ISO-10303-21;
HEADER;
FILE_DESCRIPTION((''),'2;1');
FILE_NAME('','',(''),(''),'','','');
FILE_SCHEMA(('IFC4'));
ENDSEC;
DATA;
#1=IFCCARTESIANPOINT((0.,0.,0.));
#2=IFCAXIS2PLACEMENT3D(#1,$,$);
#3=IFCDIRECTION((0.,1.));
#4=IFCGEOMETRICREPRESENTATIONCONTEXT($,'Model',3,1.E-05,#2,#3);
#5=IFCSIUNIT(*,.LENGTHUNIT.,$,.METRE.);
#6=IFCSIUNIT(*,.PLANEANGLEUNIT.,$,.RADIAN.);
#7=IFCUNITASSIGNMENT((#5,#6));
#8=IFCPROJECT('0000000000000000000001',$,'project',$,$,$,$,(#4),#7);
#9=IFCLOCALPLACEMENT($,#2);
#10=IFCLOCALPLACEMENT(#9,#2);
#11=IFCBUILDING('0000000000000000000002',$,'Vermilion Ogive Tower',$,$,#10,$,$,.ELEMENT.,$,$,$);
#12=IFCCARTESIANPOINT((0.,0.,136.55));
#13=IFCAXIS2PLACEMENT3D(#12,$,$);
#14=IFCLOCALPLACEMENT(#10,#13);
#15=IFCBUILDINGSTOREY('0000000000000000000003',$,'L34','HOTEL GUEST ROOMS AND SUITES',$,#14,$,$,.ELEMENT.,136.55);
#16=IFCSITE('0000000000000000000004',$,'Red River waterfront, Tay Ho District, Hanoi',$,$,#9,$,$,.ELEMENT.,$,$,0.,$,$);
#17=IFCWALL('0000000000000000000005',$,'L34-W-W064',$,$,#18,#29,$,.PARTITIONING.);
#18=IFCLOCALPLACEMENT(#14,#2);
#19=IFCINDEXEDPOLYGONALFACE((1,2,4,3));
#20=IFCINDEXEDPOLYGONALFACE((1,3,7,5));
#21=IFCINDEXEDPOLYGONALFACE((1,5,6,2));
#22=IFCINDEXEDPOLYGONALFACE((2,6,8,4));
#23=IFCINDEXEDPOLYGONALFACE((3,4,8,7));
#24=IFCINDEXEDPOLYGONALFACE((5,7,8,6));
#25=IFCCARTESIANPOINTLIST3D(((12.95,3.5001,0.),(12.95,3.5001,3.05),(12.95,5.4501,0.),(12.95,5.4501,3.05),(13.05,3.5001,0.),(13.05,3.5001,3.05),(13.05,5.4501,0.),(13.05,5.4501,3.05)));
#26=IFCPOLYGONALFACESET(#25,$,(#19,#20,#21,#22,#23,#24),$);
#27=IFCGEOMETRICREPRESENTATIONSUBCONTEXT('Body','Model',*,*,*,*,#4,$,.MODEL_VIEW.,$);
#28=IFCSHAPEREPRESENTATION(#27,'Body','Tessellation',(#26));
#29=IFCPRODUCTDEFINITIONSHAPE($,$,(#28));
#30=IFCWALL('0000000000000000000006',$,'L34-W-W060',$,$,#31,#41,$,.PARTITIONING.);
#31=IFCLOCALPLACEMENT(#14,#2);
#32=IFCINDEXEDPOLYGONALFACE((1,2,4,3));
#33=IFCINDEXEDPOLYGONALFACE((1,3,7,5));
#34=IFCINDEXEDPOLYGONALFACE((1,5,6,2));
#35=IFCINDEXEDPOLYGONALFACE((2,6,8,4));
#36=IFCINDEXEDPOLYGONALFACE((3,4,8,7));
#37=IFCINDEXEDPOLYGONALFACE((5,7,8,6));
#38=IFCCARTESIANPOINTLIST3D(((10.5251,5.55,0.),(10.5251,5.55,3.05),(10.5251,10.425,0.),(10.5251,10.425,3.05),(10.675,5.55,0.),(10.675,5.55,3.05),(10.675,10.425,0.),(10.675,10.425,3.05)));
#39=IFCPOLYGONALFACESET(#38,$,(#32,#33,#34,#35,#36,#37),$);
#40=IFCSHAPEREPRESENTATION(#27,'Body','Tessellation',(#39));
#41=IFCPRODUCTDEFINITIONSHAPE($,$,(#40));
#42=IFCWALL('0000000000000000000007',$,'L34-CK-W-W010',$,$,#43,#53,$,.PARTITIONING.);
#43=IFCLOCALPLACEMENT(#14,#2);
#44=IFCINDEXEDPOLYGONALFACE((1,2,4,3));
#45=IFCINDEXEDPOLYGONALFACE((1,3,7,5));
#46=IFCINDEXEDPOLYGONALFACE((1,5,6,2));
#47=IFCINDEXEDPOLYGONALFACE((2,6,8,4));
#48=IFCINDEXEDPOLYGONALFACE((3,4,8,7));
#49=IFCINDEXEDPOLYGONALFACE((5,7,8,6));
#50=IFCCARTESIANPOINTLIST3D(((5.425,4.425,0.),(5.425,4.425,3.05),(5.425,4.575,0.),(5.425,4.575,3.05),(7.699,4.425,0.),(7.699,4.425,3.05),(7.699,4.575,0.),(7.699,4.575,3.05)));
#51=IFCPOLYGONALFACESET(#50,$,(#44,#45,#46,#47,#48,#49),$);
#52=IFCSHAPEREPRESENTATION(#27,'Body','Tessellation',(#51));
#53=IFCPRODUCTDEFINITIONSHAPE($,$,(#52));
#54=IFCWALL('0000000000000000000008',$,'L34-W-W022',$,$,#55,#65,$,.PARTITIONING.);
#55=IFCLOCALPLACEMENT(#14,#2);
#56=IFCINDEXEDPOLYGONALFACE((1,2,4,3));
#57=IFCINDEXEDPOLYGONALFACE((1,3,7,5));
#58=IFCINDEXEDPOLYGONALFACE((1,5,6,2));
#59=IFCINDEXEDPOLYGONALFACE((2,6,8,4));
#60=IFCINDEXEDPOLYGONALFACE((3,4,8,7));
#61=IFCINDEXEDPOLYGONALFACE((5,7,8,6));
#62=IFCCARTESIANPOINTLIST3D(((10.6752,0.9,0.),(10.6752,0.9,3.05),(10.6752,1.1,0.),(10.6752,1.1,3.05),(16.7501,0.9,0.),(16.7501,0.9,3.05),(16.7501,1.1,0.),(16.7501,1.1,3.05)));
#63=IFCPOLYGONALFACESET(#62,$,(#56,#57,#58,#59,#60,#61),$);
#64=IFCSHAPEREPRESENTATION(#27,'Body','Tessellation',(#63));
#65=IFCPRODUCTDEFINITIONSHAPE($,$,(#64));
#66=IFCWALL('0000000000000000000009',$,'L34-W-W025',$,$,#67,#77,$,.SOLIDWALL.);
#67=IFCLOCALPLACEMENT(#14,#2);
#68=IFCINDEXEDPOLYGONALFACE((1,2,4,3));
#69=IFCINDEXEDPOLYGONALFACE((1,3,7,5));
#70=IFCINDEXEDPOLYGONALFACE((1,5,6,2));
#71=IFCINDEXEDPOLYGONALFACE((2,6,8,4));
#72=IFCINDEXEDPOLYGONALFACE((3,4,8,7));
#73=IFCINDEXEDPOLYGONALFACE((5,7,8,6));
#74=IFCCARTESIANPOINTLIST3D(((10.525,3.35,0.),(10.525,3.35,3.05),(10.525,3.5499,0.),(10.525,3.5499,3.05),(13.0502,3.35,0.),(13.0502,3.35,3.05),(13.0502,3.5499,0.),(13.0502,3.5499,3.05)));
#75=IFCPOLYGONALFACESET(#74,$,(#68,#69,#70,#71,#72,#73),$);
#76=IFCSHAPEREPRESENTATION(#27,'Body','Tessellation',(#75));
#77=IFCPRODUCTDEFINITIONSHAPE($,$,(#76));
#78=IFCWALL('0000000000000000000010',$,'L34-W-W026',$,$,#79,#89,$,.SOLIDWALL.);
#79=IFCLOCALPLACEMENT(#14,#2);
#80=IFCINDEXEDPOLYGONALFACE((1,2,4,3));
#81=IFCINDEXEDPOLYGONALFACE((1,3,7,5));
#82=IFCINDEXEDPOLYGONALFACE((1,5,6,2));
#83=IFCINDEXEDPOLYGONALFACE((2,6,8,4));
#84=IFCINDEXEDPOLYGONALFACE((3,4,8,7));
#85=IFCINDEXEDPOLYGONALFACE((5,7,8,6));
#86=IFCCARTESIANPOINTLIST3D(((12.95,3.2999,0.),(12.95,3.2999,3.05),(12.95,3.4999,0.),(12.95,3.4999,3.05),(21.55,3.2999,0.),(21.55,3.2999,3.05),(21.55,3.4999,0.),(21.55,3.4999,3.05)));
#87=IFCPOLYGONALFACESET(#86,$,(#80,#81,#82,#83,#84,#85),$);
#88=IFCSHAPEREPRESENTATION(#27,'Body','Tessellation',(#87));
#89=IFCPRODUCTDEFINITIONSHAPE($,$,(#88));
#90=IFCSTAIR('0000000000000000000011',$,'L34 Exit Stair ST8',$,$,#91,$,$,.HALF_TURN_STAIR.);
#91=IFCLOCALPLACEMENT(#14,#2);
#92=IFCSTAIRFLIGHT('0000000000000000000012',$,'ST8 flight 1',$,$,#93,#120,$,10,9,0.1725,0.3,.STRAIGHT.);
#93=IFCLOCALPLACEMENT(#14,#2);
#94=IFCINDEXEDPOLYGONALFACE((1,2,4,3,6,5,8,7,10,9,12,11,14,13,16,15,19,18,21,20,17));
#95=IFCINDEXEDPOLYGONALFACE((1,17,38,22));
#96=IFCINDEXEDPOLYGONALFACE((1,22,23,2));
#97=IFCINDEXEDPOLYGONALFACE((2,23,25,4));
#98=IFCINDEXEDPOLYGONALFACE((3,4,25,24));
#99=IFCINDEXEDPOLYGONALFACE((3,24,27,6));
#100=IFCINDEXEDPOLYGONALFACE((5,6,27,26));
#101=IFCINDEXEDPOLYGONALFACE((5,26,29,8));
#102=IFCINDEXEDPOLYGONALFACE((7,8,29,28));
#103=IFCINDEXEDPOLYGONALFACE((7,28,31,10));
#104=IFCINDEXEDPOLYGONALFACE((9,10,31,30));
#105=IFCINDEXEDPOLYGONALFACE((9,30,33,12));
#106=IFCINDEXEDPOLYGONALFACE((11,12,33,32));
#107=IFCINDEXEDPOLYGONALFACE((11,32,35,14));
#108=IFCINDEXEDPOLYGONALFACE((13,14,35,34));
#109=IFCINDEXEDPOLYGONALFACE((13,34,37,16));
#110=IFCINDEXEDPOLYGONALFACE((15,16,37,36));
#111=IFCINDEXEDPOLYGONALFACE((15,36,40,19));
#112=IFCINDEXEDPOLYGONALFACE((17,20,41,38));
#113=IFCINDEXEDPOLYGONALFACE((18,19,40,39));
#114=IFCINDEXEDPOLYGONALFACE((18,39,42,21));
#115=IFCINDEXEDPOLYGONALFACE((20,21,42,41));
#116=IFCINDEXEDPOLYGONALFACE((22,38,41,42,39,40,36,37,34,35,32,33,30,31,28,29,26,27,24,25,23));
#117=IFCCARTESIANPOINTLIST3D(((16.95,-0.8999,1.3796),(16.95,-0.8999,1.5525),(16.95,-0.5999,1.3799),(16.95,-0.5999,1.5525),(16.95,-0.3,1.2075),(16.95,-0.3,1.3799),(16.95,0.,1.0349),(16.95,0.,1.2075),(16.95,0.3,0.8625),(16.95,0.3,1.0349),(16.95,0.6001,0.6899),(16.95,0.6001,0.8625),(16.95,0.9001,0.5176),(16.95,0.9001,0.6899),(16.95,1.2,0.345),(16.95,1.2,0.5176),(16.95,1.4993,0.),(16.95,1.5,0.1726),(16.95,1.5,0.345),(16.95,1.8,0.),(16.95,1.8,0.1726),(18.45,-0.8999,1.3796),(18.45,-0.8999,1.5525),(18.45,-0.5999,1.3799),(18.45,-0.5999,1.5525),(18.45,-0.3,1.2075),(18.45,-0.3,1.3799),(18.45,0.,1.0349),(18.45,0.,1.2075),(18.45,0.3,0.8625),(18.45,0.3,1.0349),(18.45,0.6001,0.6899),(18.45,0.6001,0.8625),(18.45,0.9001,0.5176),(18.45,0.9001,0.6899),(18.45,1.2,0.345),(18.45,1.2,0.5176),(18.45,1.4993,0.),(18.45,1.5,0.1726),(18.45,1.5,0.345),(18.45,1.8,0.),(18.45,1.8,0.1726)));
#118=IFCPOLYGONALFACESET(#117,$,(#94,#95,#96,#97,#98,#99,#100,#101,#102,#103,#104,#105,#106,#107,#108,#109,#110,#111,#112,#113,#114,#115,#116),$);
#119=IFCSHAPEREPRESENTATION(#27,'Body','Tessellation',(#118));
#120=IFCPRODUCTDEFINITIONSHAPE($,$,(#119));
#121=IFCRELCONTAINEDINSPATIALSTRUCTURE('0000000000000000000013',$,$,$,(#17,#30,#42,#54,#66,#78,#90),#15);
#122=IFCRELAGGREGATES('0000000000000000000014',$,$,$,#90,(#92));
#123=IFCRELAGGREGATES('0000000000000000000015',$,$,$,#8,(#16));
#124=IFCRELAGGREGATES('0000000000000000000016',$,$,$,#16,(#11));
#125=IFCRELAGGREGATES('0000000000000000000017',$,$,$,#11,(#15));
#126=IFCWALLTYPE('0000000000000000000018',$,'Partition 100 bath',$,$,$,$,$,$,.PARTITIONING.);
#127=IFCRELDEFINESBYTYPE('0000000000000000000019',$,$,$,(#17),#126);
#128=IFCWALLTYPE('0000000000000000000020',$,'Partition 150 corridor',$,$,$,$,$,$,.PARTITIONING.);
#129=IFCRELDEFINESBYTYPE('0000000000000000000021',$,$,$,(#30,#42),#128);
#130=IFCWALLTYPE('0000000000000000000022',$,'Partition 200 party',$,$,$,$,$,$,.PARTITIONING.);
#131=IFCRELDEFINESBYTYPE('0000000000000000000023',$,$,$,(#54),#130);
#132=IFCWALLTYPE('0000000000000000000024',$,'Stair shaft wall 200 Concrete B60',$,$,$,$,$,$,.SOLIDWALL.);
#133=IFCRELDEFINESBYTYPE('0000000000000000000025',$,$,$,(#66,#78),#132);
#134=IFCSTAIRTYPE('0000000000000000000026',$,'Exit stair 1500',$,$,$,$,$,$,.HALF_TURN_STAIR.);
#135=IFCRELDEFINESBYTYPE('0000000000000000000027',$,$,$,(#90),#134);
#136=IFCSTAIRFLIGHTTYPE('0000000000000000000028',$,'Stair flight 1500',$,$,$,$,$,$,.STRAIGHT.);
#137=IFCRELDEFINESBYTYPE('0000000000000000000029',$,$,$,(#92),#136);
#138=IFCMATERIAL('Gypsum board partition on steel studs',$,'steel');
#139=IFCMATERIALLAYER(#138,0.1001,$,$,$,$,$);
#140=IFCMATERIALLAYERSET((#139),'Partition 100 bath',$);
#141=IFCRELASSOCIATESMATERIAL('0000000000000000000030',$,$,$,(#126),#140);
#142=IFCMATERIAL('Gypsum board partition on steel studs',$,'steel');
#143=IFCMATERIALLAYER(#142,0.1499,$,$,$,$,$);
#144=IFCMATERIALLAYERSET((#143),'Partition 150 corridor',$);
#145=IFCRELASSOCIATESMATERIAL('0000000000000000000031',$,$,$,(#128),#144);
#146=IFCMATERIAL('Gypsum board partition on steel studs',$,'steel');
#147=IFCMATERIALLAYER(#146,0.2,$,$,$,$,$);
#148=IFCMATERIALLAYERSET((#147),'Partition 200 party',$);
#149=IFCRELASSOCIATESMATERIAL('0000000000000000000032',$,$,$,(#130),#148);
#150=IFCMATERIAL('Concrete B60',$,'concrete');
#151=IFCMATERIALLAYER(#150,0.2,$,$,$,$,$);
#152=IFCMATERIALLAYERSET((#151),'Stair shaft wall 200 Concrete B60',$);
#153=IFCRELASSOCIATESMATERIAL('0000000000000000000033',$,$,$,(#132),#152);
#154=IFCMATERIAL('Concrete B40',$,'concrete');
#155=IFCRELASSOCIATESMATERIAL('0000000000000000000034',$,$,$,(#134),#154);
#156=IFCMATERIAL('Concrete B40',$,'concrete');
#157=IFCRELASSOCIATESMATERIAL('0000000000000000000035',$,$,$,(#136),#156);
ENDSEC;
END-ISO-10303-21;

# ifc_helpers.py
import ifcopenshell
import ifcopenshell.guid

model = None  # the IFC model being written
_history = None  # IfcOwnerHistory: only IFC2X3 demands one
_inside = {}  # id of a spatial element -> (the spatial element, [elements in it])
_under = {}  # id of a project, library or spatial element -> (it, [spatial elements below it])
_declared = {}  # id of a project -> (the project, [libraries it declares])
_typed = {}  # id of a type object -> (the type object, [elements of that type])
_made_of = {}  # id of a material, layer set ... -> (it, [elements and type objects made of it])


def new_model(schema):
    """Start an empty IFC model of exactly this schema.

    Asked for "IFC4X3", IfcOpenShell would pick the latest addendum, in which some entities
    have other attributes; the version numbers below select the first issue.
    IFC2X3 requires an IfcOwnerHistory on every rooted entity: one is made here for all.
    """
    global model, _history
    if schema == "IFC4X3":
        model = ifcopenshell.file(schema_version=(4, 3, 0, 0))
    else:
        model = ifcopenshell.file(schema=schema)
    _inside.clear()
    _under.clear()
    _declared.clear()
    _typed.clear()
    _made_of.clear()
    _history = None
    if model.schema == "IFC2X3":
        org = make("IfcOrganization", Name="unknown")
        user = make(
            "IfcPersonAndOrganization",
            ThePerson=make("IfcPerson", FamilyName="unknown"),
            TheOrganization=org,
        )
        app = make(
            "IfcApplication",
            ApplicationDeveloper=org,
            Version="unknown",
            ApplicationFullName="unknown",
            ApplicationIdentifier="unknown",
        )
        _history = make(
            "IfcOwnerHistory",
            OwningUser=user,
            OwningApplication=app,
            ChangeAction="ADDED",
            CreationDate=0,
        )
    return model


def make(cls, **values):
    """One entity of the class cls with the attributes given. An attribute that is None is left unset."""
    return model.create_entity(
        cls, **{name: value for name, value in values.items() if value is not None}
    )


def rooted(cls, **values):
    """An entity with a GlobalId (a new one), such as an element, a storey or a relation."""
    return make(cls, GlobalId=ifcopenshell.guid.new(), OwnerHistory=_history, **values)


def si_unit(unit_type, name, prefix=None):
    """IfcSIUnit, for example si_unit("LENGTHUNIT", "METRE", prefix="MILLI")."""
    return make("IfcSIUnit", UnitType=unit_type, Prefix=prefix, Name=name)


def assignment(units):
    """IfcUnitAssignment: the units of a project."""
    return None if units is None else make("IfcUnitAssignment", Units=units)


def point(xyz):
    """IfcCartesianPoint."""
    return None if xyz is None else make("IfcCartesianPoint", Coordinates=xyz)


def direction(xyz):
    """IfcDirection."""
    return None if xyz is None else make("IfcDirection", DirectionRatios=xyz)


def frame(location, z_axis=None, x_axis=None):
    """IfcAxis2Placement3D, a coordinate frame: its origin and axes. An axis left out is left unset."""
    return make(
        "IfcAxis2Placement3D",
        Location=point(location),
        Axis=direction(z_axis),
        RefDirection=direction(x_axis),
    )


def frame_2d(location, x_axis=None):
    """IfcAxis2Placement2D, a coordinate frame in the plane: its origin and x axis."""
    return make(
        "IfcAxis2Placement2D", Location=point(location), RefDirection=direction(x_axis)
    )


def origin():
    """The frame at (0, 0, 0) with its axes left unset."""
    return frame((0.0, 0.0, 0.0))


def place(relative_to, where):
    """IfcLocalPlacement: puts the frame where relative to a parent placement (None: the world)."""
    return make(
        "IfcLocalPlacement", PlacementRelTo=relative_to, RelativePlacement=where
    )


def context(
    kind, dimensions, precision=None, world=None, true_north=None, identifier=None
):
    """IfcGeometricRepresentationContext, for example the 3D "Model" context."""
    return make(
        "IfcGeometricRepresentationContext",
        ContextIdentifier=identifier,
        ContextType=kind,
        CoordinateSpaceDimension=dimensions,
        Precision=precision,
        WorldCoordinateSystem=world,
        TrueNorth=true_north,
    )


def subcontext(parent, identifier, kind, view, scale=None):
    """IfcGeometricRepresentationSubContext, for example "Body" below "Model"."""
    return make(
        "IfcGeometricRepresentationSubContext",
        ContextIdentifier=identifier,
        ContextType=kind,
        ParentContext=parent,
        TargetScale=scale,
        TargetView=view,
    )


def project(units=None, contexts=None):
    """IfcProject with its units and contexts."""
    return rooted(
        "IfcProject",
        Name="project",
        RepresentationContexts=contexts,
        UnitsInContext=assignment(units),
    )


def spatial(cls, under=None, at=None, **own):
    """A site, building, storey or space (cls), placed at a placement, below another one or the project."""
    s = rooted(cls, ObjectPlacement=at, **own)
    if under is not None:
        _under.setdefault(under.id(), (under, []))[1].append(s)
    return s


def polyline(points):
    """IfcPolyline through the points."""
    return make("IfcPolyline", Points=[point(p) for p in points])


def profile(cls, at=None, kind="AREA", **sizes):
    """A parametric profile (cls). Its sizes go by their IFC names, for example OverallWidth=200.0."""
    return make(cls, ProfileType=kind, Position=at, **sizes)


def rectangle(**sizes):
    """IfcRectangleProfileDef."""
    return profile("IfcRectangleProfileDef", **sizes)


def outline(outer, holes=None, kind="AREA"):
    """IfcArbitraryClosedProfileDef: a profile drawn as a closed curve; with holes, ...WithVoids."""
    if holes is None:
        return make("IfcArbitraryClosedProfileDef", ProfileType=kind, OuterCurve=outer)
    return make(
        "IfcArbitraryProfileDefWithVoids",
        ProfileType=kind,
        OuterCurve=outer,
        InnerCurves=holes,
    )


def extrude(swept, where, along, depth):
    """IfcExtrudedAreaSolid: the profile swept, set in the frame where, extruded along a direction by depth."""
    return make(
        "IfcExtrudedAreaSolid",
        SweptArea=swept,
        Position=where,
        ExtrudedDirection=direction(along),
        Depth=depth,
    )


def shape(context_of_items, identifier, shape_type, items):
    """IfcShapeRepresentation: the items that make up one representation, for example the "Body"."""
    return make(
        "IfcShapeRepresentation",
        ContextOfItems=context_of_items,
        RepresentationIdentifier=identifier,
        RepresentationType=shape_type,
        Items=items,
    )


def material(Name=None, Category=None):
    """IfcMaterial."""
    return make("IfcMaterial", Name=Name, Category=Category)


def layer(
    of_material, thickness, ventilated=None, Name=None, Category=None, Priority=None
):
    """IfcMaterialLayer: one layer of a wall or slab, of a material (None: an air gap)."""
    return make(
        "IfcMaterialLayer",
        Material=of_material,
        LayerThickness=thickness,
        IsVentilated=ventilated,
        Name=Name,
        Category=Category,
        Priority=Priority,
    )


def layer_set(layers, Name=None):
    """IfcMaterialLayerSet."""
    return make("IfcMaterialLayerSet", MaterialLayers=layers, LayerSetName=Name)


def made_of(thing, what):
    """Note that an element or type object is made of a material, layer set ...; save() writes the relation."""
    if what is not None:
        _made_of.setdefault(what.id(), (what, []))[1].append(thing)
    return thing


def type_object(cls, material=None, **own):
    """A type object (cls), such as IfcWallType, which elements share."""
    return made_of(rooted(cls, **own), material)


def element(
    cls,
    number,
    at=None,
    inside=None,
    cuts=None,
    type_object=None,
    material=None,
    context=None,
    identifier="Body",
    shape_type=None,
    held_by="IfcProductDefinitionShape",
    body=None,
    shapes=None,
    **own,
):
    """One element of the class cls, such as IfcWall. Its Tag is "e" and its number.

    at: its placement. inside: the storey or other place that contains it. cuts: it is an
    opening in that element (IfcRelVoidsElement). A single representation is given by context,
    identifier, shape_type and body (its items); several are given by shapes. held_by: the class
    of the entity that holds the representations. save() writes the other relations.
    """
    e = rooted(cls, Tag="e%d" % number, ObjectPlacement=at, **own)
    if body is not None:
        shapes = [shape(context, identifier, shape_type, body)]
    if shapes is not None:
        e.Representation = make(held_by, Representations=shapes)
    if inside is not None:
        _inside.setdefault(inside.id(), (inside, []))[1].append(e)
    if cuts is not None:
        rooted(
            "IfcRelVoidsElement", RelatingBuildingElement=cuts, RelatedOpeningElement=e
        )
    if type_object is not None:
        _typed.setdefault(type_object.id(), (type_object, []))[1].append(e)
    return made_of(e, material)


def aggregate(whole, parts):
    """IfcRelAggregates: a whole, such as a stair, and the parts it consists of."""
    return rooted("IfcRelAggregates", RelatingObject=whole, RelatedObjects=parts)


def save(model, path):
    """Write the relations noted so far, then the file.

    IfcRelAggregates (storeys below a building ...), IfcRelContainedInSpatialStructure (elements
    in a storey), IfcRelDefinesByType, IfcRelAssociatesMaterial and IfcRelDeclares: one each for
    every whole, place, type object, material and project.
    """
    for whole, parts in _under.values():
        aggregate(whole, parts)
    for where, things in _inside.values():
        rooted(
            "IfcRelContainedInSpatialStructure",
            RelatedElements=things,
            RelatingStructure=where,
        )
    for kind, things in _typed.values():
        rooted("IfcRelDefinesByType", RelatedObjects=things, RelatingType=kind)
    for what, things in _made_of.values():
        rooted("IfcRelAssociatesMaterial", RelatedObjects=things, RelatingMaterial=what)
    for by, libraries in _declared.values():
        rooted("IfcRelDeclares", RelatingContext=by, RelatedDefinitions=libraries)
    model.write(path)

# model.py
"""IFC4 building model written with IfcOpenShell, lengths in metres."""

from ifc_helpers import new_model, si_unit, direction, frame, frame_2d, origin, place, context, subcontext, project, spatial, polyline, rectangle, outline, extrude, material, layer, layer_set, type_object, element, aggregate, save


model = new_model("IFC4")

# Units and contexts
model_context = context("Model", 3, precision=1e-05, world=origin(), true_north=direction((0.0, 1.0)))
body_context = subcontext(model_context, "Body", "Model", "MODEL_VIEW")
ifc_project = project(units=[si_unit("LENGTHUNIT", "METRE"), si_unit("PLANEANGLEUNIT", "RADIAN")], contexts=[model_context])

# Site, building, storey
site_placement = place(None, origin())
site = spatial("IfcSite", under=ifc_project, at=site_placement, Name="Red River waterfront, Tay Ho District, Hanoi", CompositionType="ELEMENT", RefElevation=0.0)
building_placement = place(site_placement, origin())
building = spatial("IfcBuilding", under=site, at=building_placement, Name="Vermilion Ogive Tower", CompositionType="ELEMENT")
storey_placement = place(building_placement, frame((0.0, 0.0, 136.55)))
storey = spatial("IfcBuildingStorey", under=building, at=storey_placement, Name="L34", Description="HOTEL GUEST ROOMS AND SUITES", CompositionType="ELEMENT", Elevation=136.55)

# Shared definitions
ifc_material_1 = material(Name="Gypsum board partition on steel studs", Category="steel")
ifc_layer_1 = layer(ifc_material_1, 0.1001)
ifc_layer_set_1 = layer_set([ifc_layer_1], Name="Partition 100 bath")
wall_type_1 = type_object("IfcWallType", Name="Partition 100 bath", PredefinedType="PARTITIONING", material=ifc_layer_set_1)

# Walls
wall_1_placement = place(storey_placement, frame((13.0, 3.5, 0.0), z_axis=(0.0, 0.0, 1.0), x_axis=(0.0, 1.0, 0.0)))
element("IfcWall", 1, at=wall_1_placement, inside=storey, type_object=wall_type_1, Name="L34-W-W064", PredefinedType="PARTITIONING", context=body_context, shape_type="SweptSolid", body=[
    extrude(rectangle(XDim=1.95, YDim=0.1001, at=frame_2d((0.9751, 0.0))), origin(), (0.0, 0.0, 1.0), 3.05),
])
ifc_material_2 = material(Name="Gypsum board partition on steel studs", Category="steel")
ifc_layer_2 = layer(ifc_material_2, 0.1499)
ifc_layer_set_2 = layer_set([ifc_layer_2], Name="Partition 150 corridor")
wall_type_2 = type_object("IfcWallType", Name="Partition 150 corridor", PredefinedType="PARTITIONING", material=ifc_layer_set_2)
wall_2_placement = place(storey_placement, frame((10.6001, 5.55, 0.0), z_axis=(0.0, 0.0, 1.0), x_axis=(0.0, 1.0, 0.0)))
element("IfcWall", 2, at=wall_2_placement, inside=storey, type_object=wall_type_2, Name="L34-W-W060", PredefinedType="PARTITIONING", context=body_context, shape_type="SweptSolid", body=[
    extrude(rectangle(XDim=4.875, YDim=0.1499, at=frame_2d((2.4375, 0.0))), origin(), (0.0, 0.0, 1.0), 3.05),
])
wall_3_placement = place(storey_placement, frame((5.425, 4.5, 0.0), z_axis=(0.0, 0.0, 1.0), x_axis=(1.0, 0.0, 0.0)))
element("IfcWall", 3, at=wall_3_placement, inside=storey, type_object=wall_type_2, Name="L34-CK-W-W010", PredefinedType="PARTITIONING", context=body_context, shape_type="SweptSolid", body=[
    extrude(rectangle(XDim=2.2739, YDim=0.1499, at=frame_2d((1.137, 0.0))), origin(), (0.0, 0.0, 1.0), 3.05),
])
ifc_material_3 = material(Name="Gypsum board partition on steel studs", Category="steel")
ifc_layer_3 = layer(ifc_material_3, 0.2)
ifc_layer_set_3 = layer_set([ifc_layer_3], Name="Partition 200 party")
wall_type_3 = type_object("IfcWallType", Name="Partition 200 party", PredefinedType="PARTITIONING", material=ifc_layer_set_3)
wall_4_placement = place(storey_placement, frame((10.675, 1.0, 0.0), z_axis=(0.0, 0.0, 1.0), x_axis=(1.0, 0.0, 0.0)))
element("IfcWall", 4, at=wall_4_placement, inside=storey, type_object=wall_type_3, Name="L34-W-W022", PredefinedType="PARTITIONING", context=body_context, shape_type="SweptSolid", body=[
    extrude(rectangle(XDim=6.075, YDim=0.2, at=frame_2d((3.0376, 0.0))), origin(), (0.0, 0.0, 1.0), 3.05),
])
ifc_material_4 = material(Name="Concrete B60", Category="concrete")
ifc_layer_4 = layer(ifc_material_4, 0.2)
ifc_layer_set_4 = layer_set([ifc_layer_4], Name="Stair shaft wall 200 Concrete B60")
wall_type_4 = type_object("IfcWallType", Name="Stair shaft wall 200 Concrete B60", PredefinedType="SOLIDWALL", material=ifc_layer_set_4)
wall_5_placement = place(storey_placement, frame((10.5249, 3.45, 0.0), z_axis=(0.0, 0.0, 1.0), x_axis=(1.0, 0.0, 0.0)))
element("IfcWall", 5, at=wall_5_placement, inside=storey, type_object=wall_type_4, Name="L34-W-W025", PredefinedType="SOLIDWALL", context=body_context, shape_type="SweptSolid", body=[
    extrude(rectangle(XDim=2.5251, YDim=0.2, at=frame_2d((1.2627, 0.0))), origin(), (0.0, 0.0, 1.0), 3.05),
])
wall_6_placement = place(storey_placement, frame((12.95, 3.3999, 0.0), z_axis=(0.0, 0.0, 1.0), x_axis=(1.0, 0.0, 0.0)))
element("IfcWall", 6, at=wall_6_placement, inside=storey, type_object=wall_type_4, Name="L34-W-W026", PredefinedType="SOLIDWALL", context=body_context, shape_type="SweptSolid", body=[
    extrude(rectangle(XDim=8.6001, YDim=0.2, at=frame_2d((4.3, 0.0))), origin(), (0.0, 0.0, 1.0), 3.05),
])

# Stair, stair flight
ifc_material_5 = material(Name="Concrete B40", Category="concrete")
stair_type = type_object("IfcStairType", Name="Exit stair 1500", PredefinedType="HALF_TURN_STAIR", material=ifc_material_5)
stair_placement = place(storey_placement, origin())
stair = element("IfcStair", 7, at=stair_placement, inside=storey, type_object=stair_type, Name="L34 Exit Stair ST8", PredefinedType="HALF_TURN_STAIR")
ifc_material_6 = material(Name="Concrete B40", Category="concrete")
stair_flight_type = type_object("IfcStairFlightType", Name="Stair flight 1500", PredefinedType="STRAIGHT", material=ifc_material_6)
stair_flight_placement = place(storey_placement, frame((17.7, 1.8, 0.0), z_axis=(0.0, 0.0, 1.0), x_axis=(0.0, -1.0, 0.0)))
stair_flight = element("IfcStairFlight", 8, at=stair_flight_placement, type_object=stair_flight_type, Name="ST8 flight 1", NumberOfRisers=10, NumberOfTreads=9, PredefinedType="STRAIGHT", RiserHeight=0.1725, TreadLength=0.3, context=body_context, shape_type="SweptSolid", body=[
    extrude(outline(polyline([(0.0, 0.0), (0.0, 0.1726), (0.3, 0.1726), (0.3, 0.345), (0.6001, 0.345), (0.6001, 0.5176), (0.8999, 0.5176), (0.8999, 0.6899), (1.2, 0.6899), (1.2, 0.8625), (1.5, 0.8625), (1.5, 1.0349), (1.8, 1.0349), (1.8, 1.2075), (2.1001, 1.2075), (2.1001, 1.3799), (2.3999, 1.3799), (2.3999, 1.5525), (2.7, 1.5525), (2.7, 1.7251), (2.7, 1.3796), (0.3008, 0.0), (0.0, 0.0)])), frame((0.0, 0.75, 0.0), z_axis=(0.0, -1.0, 0.0), x_axis=(1.0, 0.0, 0.0)), (0.0, 0.0, 1.0), 1.5),
])
aggregate(stair, [stair_flight])

save(model, "model.ifc")
